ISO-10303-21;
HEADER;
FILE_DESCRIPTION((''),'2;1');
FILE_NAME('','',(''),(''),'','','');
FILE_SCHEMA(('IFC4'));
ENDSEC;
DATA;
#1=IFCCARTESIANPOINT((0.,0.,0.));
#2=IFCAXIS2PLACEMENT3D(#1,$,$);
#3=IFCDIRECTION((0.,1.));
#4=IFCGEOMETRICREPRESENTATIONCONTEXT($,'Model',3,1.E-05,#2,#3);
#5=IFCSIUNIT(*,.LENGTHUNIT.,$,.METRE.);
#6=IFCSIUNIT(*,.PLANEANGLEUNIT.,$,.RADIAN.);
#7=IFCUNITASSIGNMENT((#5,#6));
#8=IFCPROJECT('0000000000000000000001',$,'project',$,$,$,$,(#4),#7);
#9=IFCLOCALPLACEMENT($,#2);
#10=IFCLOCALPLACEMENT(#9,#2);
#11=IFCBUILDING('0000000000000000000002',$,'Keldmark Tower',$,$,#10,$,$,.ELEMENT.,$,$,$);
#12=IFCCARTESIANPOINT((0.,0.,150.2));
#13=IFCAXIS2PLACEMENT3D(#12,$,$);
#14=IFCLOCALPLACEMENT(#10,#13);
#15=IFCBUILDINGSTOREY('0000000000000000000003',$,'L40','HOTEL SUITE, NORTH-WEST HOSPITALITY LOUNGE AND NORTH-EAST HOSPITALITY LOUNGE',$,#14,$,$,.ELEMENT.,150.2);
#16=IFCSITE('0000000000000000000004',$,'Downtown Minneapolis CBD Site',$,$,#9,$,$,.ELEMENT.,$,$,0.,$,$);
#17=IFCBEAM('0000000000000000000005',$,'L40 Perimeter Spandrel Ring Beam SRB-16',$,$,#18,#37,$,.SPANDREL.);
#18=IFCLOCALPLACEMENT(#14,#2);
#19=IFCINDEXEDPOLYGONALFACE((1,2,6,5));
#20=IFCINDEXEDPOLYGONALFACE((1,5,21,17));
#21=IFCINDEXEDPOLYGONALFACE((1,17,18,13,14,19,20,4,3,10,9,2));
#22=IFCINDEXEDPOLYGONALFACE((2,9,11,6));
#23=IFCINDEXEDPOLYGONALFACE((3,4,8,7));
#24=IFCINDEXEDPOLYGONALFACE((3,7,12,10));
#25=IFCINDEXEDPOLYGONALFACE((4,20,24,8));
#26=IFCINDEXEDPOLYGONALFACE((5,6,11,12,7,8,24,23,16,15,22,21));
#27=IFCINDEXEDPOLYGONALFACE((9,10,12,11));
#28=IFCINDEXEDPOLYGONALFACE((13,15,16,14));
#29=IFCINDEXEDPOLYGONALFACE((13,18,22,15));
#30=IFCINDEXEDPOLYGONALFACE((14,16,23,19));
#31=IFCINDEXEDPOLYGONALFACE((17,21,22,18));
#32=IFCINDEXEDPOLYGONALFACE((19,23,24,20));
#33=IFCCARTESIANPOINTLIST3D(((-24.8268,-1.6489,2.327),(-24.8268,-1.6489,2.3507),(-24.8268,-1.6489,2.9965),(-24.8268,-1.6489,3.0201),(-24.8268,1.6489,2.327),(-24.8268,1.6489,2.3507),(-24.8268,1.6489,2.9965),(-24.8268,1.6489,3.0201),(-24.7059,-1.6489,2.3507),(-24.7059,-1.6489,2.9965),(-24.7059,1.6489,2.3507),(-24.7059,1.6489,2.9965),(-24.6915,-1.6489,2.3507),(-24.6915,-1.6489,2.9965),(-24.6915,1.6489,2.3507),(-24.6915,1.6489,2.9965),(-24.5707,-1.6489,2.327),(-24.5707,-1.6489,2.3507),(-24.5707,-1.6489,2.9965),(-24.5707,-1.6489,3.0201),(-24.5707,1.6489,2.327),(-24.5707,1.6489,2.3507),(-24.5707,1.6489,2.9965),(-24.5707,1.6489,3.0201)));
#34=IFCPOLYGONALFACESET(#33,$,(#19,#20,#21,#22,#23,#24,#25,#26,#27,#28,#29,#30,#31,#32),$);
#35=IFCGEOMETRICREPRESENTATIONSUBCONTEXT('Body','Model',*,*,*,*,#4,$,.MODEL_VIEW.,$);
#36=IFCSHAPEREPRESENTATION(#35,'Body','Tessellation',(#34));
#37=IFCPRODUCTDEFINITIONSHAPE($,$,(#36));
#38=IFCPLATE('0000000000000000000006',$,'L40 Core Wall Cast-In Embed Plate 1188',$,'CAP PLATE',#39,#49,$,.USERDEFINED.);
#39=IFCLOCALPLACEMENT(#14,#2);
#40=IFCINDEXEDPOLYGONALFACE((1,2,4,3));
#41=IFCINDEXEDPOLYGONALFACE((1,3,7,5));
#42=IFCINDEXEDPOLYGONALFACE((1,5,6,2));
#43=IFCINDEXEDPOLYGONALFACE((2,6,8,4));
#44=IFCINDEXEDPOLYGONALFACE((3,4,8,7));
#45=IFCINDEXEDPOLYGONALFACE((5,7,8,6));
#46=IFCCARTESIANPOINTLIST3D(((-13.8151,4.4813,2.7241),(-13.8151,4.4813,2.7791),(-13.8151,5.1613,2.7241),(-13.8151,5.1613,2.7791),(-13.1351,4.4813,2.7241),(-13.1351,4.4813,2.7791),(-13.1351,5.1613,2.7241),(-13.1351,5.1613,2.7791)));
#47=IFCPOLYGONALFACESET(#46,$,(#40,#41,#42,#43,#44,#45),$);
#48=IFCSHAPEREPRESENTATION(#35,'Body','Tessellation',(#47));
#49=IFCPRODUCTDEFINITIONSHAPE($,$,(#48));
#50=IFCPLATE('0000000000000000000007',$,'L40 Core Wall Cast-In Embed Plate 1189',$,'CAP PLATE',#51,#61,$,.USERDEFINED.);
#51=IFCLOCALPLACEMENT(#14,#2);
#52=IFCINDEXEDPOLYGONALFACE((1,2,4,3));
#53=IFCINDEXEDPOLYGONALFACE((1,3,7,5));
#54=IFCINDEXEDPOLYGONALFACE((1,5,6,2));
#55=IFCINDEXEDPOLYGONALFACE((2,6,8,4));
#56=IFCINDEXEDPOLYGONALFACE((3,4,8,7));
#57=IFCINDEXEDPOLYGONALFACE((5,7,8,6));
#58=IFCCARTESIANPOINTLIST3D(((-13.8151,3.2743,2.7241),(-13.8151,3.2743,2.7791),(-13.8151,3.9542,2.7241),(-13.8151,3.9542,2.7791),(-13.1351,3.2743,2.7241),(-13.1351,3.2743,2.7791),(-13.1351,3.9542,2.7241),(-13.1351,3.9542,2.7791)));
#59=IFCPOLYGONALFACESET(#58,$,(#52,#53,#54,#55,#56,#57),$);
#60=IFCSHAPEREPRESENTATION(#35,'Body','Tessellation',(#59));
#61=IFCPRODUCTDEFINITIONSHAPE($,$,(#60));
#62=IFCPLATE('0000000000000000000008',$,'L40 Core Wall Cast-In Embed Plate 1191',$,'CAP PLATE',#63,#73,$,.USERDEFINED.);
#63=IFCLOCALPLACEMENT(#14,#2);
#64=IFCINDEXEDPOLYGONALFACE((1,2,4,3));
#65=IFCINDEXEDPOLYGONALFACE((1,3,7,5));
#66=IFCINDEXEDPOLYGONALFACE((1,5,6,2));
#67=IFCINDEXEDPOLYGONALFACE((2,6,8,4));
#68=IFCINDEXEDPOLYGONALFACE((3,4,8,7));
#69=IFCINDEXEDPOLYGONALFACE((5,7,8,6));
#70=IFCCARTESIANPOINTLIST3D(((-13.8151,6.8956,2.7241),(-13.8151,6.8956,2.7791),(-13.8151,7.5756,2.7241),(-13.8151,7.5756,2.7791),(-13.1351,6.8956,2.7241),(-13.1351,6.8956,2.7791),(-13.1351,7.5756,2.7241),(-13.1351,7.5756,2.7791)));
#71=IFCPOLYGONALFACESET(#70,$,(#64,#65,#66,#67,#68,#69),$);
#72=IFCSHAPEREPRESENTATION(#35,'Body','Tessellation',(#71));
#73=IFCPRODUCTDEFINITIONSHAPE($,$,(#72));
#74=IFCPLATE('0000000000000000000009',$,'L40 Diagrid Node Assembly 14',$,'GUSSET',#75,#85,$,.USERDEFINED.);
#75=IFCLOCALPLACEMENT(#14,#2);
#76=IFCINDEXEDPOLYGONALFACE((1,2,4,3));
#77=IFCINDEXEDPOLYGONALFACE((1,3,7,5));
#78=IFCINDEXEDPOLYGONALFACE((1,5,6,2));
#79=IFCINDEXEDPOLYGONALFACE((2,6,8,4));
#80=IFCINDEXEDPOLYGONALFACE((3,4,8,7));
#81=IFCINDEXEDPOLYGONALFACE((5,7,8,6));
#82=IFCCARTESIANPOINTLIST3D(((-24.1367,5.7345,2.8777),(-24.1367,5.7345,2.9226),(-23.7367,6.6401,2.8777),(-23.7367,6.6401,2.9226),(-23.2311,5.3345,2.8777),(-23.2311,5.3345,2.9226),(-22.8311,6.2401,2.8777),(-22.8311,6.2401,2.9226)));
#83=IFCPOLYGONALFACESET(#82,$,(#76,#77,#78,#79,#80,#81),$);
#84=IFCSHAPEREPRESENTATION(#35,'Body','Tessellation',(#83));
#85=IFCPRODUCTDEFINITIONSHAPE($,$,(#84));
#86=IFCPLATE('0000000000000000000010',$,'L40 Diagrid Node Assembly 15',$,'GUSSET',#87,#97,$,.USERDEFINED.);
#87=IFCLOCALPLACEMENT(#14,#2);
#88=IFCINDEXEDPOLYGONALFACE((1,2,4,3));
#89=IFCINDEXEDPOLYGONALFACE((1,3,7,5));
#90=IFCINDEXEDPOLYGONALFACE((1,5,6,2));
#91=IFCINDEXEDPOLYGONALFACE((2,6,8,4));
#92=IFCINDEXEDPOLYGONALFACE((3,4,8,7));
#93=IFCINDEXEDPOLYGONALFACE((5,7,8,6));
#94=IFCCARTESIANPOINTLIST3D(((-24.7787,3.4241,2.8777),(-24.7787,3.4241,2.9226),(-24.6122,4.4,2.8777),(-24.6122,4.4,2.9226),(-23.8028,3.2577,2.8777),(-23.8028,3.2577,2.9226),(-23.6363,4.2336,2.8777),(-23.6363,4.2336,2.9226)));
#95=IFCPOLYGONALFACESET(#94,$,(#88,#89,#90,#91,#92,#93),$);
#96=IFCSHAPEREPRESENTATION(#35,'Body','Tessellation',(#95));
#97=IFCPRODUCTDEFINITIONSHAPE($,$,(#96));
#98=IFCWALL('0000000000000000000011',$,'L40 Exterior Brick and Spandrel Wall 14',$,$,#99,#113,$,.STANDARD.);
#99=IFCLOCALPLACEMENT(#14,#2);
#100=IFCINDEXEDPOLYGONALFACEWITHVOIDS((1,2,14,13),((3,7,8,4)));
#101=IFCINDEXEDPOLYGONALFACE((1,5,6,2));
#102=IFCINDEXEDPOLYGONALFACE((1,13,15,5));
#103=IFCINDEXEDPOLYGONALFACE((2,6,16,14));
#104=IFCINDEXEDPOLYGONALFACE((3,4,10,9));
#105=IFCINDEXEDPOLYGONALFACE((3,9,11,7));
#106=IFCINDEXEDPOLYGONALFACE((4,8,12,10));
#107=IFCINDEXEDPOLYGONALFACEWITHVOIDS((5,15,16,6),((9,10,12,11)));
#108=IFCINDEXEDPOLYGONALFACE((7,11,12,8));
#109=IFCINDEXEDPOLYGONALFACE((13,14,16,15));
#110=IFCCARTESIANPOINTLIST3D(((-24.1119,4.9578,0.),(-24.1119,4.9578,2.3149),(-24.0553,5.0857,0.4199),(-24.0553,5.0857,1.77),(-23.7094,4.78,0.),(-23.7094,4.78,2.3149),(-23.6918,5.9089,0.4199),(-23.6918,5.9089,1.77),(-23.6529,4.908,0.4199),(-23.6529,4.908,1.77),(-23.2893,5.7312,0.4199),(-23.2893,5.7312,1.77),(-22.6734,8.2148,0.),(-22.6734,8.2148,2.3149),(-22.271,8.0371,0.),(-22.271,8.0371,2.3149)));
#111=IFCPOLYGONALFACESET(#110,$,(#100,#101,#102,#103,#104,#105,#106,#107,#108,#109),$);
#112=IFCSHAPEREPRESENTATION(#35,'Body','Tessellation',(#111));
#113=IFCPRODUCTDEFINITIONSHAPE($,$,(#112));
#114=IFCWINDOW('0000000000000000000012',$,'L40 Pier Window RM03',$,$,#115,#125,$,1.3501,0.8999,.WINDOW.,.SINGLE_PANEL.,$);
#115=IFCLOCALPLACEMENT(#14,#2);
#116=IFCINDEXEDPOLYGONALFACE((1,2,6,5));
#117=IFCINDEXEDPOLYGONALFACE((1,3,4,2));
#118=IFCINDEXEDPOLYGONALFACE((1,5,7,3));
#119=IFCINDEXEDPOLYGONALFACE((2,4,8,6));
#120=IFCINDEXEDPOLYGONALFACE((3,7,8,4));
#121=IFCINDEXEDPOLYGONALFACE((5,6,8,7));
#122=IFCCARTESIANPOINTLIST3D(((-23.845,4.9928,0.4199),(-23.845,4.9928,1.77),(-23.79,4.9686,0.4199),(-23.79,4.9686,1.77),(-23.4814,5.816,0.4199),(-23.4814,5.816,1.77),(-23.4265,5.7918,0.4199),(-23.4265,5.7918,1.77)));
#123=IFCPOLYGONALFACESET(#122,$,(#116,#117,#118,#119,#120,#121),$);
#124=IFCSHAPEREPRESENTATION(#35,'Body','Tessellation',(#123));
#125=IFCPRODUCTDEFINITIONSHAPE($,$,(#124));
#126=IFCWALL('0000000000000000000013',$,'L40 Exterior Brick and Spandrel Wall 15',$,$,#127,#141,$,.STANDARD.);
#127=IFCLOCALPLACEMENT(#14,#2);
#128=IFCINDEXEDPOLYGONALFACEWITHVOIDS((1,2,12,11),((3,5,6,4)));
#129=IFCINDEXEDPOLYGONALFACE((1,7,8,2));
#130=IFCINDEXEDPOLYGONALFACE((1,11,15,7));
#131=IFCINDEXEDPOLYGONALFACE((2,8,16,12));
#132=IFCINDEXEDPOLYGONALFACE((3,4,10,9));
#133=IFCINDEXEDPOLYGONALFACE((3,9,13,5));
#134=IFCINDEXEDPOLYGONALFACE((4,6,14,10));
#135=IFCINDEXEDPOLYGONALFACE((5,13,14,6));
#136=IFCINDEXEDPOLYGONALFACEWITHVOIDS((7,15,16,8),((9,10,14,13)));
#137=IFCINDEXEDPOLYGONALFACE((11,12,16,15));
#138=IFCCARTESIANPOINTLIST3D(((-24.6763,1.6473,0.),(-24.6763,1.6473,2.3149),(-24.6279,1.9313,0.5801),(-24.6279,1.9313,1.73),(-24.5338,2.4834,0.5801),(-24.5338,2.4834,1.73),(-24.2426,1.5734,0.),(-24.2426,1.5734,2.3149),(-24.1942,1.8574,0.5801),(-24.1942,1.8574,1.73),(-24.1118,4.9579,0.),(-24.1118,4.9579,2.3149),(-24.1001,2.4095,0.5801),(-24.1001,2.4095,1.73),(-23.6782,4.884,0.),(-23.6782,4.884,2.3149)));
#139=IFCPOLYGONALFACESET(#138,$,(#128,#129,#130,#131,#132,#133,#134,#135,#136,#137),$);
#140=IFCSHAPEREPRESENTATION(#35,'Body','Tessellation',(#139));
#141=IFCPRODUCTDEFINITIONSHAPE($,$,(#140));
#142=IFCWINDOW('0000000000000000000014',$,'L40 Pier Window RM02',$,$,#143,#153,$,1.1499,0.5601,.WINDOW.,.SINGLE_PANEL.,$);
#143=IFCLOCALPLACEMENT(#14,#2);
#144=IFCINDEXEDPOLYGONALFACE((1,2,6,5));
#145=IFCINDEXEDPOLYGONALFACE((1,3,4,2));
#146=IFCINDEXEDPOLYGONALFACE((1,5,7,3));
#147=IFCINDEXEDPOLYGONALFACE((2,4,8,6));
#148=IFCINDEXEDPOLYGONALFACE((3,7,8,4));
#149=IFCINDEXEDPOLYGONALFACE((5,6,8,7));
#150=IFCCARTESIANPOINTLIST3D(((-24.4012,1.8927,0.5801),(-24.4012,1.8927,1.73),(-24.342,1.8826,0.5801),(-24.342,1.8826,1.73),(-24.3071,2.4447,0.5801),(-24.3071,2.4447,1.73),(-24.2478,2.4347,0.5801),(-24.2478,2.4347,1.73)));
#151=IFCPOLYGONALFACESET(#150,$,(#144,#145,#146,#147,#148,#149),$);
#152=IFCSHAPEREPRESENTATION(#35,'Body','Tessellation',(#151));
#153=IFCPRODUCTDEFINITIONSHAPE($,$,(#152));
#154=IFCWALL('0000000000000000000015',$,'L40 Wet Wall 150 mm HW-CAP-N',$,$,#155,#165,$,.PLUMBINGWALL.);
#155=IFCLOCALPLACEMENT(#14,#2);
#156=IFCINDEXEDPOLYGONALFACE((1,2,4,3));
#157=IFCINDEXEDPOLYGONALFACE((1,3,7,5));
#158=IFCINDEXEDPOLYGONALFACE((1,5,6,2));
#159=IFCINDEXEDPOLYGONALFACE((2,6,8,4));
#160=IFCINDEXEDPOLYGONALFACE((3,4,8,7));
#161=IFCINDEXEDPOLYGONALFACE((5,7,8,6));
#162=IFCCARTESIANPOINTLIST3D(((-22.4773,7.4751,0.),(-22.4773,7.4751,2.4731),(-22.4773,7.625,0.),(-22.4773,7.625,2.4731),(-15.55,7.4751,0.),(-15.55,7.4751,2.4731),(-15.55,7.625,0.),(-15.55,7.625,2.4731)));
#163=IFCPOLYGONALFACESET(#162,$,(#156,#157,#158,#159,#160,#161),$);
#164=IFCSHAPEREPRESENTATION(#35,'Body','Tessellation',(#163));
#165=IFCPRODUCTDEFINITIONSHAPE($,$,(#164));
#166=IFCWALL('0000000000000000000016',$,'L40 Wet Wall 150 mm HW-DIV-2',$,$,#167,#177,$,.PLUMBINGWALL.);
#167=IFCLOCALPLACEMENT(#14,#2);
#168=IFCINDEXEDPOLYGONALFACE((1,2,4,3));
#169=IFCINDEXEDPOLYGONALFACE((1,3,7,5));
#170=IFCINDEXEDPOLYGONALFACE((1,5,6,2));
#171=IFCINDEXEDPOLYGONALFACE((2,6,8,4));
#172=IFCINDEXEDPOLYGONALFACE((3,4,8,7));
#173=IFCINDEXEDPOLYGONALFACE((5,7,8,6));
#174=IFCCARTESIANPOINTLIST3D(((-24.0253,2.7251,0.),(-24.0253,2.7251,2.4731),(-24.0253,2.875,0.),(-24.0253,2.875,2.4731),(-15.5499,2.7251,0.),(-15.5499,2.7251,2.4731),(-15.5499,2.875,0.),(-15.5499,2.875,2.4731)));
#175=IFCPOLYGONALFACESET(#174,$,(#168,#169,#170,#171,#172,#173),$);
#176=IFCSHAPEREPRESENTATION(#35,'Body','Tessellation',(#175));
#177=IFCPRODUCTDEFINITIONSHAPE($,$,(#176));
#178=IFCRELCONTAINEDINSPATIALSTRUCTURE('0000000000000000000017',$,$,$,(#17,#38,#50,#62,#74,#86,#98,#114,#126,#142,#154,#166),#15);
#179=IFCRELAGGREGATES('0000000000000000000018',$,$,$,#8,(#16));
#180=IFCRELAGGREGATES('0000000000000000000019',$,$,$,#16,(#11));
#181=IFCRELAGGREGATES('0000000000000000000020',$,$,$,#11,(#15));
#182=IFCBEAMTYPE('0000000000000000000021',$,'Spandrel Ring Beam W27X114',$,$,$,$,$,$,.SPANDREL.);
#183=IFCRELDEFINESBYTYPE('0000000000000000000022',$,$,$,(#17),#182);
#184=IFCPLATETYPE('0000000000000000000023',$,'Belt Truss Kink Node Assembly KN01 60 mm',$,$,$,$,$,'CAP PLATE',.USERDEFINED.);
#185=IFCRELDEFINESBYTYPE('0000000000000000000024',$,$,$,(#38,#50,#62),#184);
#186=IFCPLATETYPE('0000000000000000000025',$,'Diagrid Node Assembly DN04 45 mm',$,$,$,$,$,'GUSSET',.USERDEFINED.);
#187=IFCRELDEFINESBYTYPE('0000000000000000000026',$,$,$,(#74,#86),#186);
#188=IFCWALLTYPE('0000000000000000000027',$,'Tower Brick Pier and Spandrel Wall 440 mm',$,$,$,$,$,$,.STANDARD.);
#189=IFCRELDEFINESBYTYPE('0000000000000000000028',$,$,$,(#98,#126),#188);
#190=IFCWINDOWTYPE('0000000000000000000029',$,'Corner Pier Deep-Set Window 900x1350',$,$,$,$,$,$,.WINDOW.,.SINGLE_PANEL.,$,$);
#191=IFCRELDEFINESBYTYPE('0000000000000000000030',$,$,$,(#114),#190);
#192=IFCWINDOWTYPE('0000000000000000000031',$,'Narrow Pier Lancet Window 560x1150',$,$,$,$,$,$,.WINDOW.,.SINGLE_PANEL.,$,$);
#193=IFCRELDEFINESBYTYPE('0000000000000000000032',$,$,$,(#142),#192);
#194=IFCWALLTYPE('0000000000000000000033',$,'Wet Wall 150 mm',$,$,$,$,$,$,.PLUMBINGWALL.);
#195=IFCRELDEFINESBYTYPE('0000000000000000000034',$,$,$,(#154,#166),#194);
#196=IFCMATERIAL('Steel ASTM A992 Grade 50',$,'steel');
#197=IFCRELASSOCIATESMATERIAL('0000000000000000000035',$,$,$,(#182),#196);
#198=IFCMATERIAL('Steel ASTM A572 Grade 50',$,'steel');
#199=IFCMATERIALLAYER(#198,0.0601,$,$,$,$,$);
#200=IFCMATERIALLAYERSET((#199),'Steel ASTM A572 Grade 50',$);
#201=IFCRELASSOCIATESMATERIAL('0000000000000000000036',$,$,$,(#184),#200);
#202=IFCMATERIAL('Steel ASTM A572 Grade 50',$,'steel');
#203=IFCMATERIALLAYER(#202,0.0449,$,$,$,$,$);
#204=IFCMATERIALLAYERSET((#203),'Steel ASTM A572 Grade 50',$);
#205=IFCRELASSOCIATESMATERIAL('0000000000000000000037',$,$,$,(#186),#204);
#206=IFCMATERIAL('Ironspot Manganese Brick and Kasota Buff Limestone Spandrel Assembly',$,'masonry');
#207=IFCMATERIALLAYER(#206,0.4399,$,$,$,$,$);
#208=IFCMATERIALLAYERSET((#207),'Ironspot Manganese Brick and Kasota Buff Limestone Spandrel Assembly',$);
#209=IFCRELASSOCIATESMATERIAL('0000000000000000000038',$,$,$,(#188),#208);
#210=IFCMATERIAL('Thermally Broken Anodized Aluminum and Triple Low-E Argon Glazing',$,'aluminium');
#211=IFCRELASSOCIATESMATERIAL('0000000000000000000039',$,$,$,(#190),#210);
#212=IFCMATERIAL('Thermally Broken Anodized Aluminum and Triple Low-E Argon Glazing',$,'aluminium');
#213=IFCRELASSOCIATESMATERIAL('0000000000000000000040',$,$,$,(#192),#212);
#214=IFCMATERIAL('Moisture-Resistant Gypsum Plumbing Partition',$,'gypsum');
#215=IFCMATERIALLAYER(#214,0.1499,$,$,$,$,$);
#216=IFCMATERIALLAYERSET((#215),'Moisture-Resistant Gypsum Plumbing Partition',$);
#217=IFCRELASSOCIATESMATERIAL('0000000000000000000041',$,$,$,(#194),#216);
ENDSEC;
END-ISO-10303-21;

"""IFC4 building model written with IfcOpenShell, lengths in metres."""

from ifc_helpers import new_model, si_unit, direction, frame, frame_2d, origin, origin_2d, place, context, subcontext, project, spatial, rectangle, i_section, extrude, material, layer, layer_set, material_profile, profile_set, type_object, element, fill, save


model = new_model("IFC4")

# Units and contexts
model_context = context("Model", 3, precision=1e-05, world=origin(), true_north=direction((0.0, 1.0)))
body_context = subcontext(model_context, "Body", "Model", "MODEL_VIEW")
ifc_project = project(units=[si_unit("LENGTHUNIT", "METRE"), si_unit("PLANEANGLEUNIT", "RADIAN")], contexts=[model_context])

# Site, building, storey
site_placement = place(None, origin())
site = spatial("IfcSite", under=ifc_project, at=site_placement, Name="Downtown Minneapolis CBD Site", CompositionType="ELEMENT", RefElevation=0.0)
building_placement = place(site_placement, origin())
building = spatial("IfcBuilding", under=site, at=building_placement, Name="Keldmark Tower", CompositionType="ELEMENT")
storey_placement = place(building_placement, frame((0.0, 0.0, 150.2)))
storey = spatial("IfcBuildingStorey", under=building, at=storey_placement, Name="L40", Description="HOTEL SUITE, NORTH-WEST HOSPITALITY LOUNGE AND NORTH-EAST HOSPITALITY LOUNGE", CompositionType="ELEMENT", Elevation=150.2)

# Beam
ifc_material_1 = material(Name="Steel ASTM A992 Grade 50", Category="steel")
ifc_material_profile_1 = material_profile(ifc_material_1, i_section(OverallWidth=0.2561, OverallDepth=0.6931, WebThickness=0.0144, FlangeThickness=0.0237, at=origin_2d()), Name="W27X114")
ifc_profile_set_1 = profile_set([ifc_material_profile_1], Name="Steel ASTM A992 Grade 50")
beam_type_1 = type_object("IfcBeamType", Name="Spandrel Ring Beam W27X114", PredefinedType="SPANDREL", material=ifc_profile_set_1)
beam_1_placement = place(storey_placement, frame((-24.6987, 1.6489, 2.6736), z_axis=(0.0, -1.0, 0.0), x_axis=(1.0, 0.0, 0.0)))
element("IfcBeam", 1, at=beam_1_placement, inside=storey, type_object=beam_type_1, Name="L40 Perimeter Spandrel Ring Beam SRB-16", PredefinedType="SPANDREL", context=body_context, shape_type="SweptSolid", body=[
    extrude(i_section(OverallWidth=0.2561, OverallDepth=0.6931, WebThickness=0.0144, FlangeThickness=0.0237, at=origin_2d()), origin(), (0.0, 0.0, 1.0), 3.2979),
])

# Plates
ifc_material_2 = material(Name="Steel ASTM A572 Grade 50", Category="steel")
ifc_layer_1 = layer(ifc_material_2, 0.0601)
ifc_layer_set_1 = layer_set([ifc_layer_1], Name="Steel ASTM A572 Grade 50")
plate_type_1 = type_object("IfcPlateType", Name="Belt Truss Kink Node Assembly KN01 60 mm", ElementType="CAP PLATE", PredefinedType="USERDEFINED", material=ifc_layer_set_1)
for number, where, z_axis, x_axis, name in (
    (2, (-13.4751, 4.8213, 2.7241), (0.0, 0.0, 1.0), (1.0, 0.0, 0.0), "L40 Core Wall Cast-In Embed Plate 1188"),
    (3, (-13.4751, 3.6143, 2.7241), (0.0, 0.0, 1.0), (1.0, 0.0, 0.0), "L40 Core Wall Cast-In Embed Plate 1189"),
    (4, (-13.4751, 7.2356, 2.7241), (0.0, 0.0, 1.0), (1.0, 0.0, 0.0), "L40 Core Wall Cast-In Embed Plate 1191"),
):
    element("IfcPlate", number, at=place(storey_placement, frame(where, z_axis=z_axis, x_axis=x_axis)), inside=storey, type_object=plate_type_1, Name=name, ObjectType="CAP PLATE", PredefinedType="USERDEFINED", context=body_context, shape_type="SweptSolid", body=[
        extrude(rectangle(XDim=0.6799, YDim=0.6799, at=origin_2d()), origin(), (0.0, 0.0, 1.0), 0.0549),
    ])
ifc_material_3 = material(Name="Steel ASTM A572 Grade 50", Category="steel")
ifc_layer_2 = layer(ifc_material_3, 0.0449)
ifc_layer_set_2 = layer_set([ifc_layer_2], Name="Steel ASTM A572 Grade 50")
plate_type_2 = type_object("IfcPlateType", Name="Diagrid Node Assembly DN04 45 mm", ElementType="GUSSET", PredefinedType="USERDEFINED", material=ifc_layer_set_2)
for number, where, z_axis, x_axis, name in (
    (5, (-23.4839, 5.9873, 2.8777), (0.0, 0.0, 1.0), (-0.404024, -0.914748, 0.0), "L40 Diagrid Node Assembly 14"),
    (6, (-24.2075, 3.8289, 2.8777), (0.0, 0.0, 1.0), (-0.168145, -0.985762, 0.0), "L40 Diagrid Node Assembly 15"),
):
    element("IfcPlate", number, at=place(storey_placement, frame(where, z_axis=z_axis, x_axis=x_axis)), inside=storey, type_object=plate_type_2, Name=name, ObjectType="GUSSET", PredefinedType="USERDEFINED", context=body_context, shape_type="SweptSolid", body=[
        extrude(rectangle(XDim=0.99, YDim=0.99, at=origin_2d()), origin(), (0.0, 0.0, 1.0), 0.0449),
    ])

# Walls, openings, windows
ifc_material_4 = material(Name="Ironspot Manganese Brick and Kasota Buff Limestone Spandrel Assembly", Category="masonry")
ifc_layer_3 = layer(ifc_material_4, 0.4399)
ifc_layer_set_3 = layer_set([ifc_layer_3], Name="Ironspot Manganese Brick and Kasota Buff Limestone Spandrel Assembly")
wall_type_1 = type_object("IfcWallType", Name="Tower Brick Pier and Spandrel Wall 440 mm", PredefinedType="STANDARD", material=ifc_layer_set_3)
wall_1_placement = place(storey_placement, frame((-23.9106, 4.8689, 0.0), z_axis=(0.0, 0.0, 1.0), x_axis=(0.404, 0.914759, 0.0)))
wall_1 = element("IfcWall", 7, at=wall_1_placement, inside=storey, type_object=wall_type_1, Name="L40 Exterior Brick and Spandrel Wall 14", PredefinedType="STANDARD", context=body_context, shape_type="SweptSolid", body=[
    extrude(rectangle(XDim=3.5605, YDim=0.4399, at=frame_2d((1.7803, 0.0))), origin(), (0.0, 0.0, 1.0), 2.3149),
])
opening_1_placement = place(wall_1_placement, frame((0.1399, 0.0, 0.4199)))
opening_1 = element("IfcOpeningElement", 8, at=opening_1_placement, cuts=wall_1, PredefinedType="OPENING", context=body_context, shape_type="SweptSolid", body=[
    extrude(rectangle(XDim=0.8999, YDim=1.3501, at=frame_2d((0.45, 0.675))), frame((0.0, 0.23, 0.0), z_axis=(0.0, -1.0, 0.0), x_axis=(1.0, 0.0, 0.0)), (0.0, 0.0, 1.0), 0.46),
])
ifc_material_5 = material(Name="Thermally Broken Anodized Aluminum and Triple Low-E Argon Glazing", Category="aluminium")
window_type_1 = type_object("IfcWindowType", Name="Corner Pier Deep-Set Window 900x1350", PartitioningType="SINGLE_PANEL", PredefinedType="WINDOW", material=ifc_material_5)
window_1_placement = place(opening_1_placement, origin())
window_1 = element("IfcWindow", 9, at=window_1_placement, inside=storey, type_object=window_type_1, Name="L40 Pier Window RM03", OverallHeight=1.3501, OverallWidth=0.8999, PartitioningType="SINGLE_PANEL", PredefinedType="WINDOW", context=body_context, shape_type="SweptSolid", body=[
    extrude(rectangle(XDim=0.8999, YDim=1.3501, at=frame_2d((0.45, 0.675))), frame((0.0, -0.01, 0.0), z_axis=(0.0, -1.0, 0.0), x_axis=(1.0, 0.0, 0.0)), (0.0, 0.0, 1.0), 0.0601),
])
fill(opening_1, window_1)
wall_2_placement = place(storey_placement, frame((-24.4595, 1.6104, 0.0), z_axis=(0.0, 0.0, 1.0), x_axis=(0.168076, 0.985774, 0.0)))
wall_2 = element("IfcWall", 10, at=wall_2_placement, inside=storey, type_object=wall_type_1, Name="L40 Exterior Brick and Spandrel Wall 15", PredefinedType="STANDARD", context=body_context, shape_type="SweptSolid", body=[
    extrude(rectangle(XDim=3.3584, YDim=0.4399, at=frame_2d((1.6792, 0.0))), origin(), (0.0, 0.0, 1.0), 2.3149),
])
opening_2_placement = place(wall_2_placement, frame((0.2881, 0.0, 0.5801)))
opening_2 = element("IfcOpeningElement", 11, at=opening_2_placement, cuts=wall_2, PredefinedType="OPENING", context=body_context, shape_type="SweptSolid", body=[
    extrude(rectangle(XDim=0.5601, YDim=1.1499, at=frame_2d((0.28, 0.575))), frame((0.0, 0.23, 0.0), z_axis=(0.0, -1.0, 0.0), x_axis=(1.0, 0.0, 0.0)), (0.0, 0.0, 1.0), 0.46),
])
ifc_material_6 = material(Name="Thermally Broken Anodized Aluminum and Triple Low-E Argon Glazing", Category="aluminium")
window_type_2 = type_object("IfcWindowType", Name="Narrow Pier Lancet Window 560x1150", PartitioningType="SINGLE_PANEL", PredefinedType="WINDOW", material=ifc_material_6)
window_2_placement = place(opening_2_placement, origin())
window_2 = element("IfcWindow", 12, at=window_2_placement, inside=storey, type_object=window_type_2, Name="L40 Pier Window RM02", OverallHeight=1.1499, OverallWidth=0.5601, PartitioningType="SINGLE_PANEL", PredefinedType="WINDOW", context=body_context, shape_type="SweptSolid", body=[
    extrude(rectangle(XDim=0.5601, YDim=1.1499, at=frame_2d((0.28, 0.575))), frame((0.0, -0.01, 0.0), z_axis=(0.0, -1.0, 0.0), x_axis=(1.0, 0.0, 0.0)), (0.0, 0.0, 1.0), 0.0601),
])
fill(opening_2, window_2)

# Walls
ifc_material_7 = material(Name="Moisture-Resistant Gypsum Plumbing Partition", Category="gypsum")
ifc_layer_4 = layer(ifc_material_7, 0.1499)
ifc_layer_set_4 = layer_set([ifc_layer_4], Name="Moisture-Resistant Gypsum Plumbing Partition")
wall_type_2 = type_object("IfcWallType", Name="Wet Wall 150 mm", PredefinedType="PLUMBINGWALL", material=ifc_layer_set_4)
wall_3_placement = place(storey_placement, frame((-22.4773, 7.55, 0.0), z_axis=(0.0, 0.0, 1.0), x_axis=(1.0, 0.0, 0.0)))
element("IfcWall", 13, at=wall_3_placement, inside=storey, type_object=wall_type_2, Name="L40 Wet Wall 150 mm HW-CAP-N", PredefinedType="PLUMBINGWALL", context=body_context, shape_type="SweptSolid", body=[
    extrude(rectangle(XDim=6.9272, YDim=0.1499, at=frame_2d((3.4636, 0.0))), origin(), (0.0, 0.0, 1.0), 2.4731),
])
wall_4_placement = place(storey_placement, frame((-24.0254, 2.8, 0.0), z_axis=(0.0, 0.0, 1.0), x_axis=(1.0, 0.0, 0.0)))
element("IfcWall", 14, at=wall_4_placement, inside=storey, type_object=wall_type_2, Name="L40 Wet Wall 150 mm HW-DIV-2", PredefinedType="PLUMBINGWALL", context=body_context, shape_type="SweptSolid", body=[
    extrude(rectangle(XDim=8.4753, YDim=0.1499, at=frame_2d((4.2378, 0.0))), origin(), (0.0, 0.0, 1.0), 2.4731),
])

save(model, "model.ifc")
